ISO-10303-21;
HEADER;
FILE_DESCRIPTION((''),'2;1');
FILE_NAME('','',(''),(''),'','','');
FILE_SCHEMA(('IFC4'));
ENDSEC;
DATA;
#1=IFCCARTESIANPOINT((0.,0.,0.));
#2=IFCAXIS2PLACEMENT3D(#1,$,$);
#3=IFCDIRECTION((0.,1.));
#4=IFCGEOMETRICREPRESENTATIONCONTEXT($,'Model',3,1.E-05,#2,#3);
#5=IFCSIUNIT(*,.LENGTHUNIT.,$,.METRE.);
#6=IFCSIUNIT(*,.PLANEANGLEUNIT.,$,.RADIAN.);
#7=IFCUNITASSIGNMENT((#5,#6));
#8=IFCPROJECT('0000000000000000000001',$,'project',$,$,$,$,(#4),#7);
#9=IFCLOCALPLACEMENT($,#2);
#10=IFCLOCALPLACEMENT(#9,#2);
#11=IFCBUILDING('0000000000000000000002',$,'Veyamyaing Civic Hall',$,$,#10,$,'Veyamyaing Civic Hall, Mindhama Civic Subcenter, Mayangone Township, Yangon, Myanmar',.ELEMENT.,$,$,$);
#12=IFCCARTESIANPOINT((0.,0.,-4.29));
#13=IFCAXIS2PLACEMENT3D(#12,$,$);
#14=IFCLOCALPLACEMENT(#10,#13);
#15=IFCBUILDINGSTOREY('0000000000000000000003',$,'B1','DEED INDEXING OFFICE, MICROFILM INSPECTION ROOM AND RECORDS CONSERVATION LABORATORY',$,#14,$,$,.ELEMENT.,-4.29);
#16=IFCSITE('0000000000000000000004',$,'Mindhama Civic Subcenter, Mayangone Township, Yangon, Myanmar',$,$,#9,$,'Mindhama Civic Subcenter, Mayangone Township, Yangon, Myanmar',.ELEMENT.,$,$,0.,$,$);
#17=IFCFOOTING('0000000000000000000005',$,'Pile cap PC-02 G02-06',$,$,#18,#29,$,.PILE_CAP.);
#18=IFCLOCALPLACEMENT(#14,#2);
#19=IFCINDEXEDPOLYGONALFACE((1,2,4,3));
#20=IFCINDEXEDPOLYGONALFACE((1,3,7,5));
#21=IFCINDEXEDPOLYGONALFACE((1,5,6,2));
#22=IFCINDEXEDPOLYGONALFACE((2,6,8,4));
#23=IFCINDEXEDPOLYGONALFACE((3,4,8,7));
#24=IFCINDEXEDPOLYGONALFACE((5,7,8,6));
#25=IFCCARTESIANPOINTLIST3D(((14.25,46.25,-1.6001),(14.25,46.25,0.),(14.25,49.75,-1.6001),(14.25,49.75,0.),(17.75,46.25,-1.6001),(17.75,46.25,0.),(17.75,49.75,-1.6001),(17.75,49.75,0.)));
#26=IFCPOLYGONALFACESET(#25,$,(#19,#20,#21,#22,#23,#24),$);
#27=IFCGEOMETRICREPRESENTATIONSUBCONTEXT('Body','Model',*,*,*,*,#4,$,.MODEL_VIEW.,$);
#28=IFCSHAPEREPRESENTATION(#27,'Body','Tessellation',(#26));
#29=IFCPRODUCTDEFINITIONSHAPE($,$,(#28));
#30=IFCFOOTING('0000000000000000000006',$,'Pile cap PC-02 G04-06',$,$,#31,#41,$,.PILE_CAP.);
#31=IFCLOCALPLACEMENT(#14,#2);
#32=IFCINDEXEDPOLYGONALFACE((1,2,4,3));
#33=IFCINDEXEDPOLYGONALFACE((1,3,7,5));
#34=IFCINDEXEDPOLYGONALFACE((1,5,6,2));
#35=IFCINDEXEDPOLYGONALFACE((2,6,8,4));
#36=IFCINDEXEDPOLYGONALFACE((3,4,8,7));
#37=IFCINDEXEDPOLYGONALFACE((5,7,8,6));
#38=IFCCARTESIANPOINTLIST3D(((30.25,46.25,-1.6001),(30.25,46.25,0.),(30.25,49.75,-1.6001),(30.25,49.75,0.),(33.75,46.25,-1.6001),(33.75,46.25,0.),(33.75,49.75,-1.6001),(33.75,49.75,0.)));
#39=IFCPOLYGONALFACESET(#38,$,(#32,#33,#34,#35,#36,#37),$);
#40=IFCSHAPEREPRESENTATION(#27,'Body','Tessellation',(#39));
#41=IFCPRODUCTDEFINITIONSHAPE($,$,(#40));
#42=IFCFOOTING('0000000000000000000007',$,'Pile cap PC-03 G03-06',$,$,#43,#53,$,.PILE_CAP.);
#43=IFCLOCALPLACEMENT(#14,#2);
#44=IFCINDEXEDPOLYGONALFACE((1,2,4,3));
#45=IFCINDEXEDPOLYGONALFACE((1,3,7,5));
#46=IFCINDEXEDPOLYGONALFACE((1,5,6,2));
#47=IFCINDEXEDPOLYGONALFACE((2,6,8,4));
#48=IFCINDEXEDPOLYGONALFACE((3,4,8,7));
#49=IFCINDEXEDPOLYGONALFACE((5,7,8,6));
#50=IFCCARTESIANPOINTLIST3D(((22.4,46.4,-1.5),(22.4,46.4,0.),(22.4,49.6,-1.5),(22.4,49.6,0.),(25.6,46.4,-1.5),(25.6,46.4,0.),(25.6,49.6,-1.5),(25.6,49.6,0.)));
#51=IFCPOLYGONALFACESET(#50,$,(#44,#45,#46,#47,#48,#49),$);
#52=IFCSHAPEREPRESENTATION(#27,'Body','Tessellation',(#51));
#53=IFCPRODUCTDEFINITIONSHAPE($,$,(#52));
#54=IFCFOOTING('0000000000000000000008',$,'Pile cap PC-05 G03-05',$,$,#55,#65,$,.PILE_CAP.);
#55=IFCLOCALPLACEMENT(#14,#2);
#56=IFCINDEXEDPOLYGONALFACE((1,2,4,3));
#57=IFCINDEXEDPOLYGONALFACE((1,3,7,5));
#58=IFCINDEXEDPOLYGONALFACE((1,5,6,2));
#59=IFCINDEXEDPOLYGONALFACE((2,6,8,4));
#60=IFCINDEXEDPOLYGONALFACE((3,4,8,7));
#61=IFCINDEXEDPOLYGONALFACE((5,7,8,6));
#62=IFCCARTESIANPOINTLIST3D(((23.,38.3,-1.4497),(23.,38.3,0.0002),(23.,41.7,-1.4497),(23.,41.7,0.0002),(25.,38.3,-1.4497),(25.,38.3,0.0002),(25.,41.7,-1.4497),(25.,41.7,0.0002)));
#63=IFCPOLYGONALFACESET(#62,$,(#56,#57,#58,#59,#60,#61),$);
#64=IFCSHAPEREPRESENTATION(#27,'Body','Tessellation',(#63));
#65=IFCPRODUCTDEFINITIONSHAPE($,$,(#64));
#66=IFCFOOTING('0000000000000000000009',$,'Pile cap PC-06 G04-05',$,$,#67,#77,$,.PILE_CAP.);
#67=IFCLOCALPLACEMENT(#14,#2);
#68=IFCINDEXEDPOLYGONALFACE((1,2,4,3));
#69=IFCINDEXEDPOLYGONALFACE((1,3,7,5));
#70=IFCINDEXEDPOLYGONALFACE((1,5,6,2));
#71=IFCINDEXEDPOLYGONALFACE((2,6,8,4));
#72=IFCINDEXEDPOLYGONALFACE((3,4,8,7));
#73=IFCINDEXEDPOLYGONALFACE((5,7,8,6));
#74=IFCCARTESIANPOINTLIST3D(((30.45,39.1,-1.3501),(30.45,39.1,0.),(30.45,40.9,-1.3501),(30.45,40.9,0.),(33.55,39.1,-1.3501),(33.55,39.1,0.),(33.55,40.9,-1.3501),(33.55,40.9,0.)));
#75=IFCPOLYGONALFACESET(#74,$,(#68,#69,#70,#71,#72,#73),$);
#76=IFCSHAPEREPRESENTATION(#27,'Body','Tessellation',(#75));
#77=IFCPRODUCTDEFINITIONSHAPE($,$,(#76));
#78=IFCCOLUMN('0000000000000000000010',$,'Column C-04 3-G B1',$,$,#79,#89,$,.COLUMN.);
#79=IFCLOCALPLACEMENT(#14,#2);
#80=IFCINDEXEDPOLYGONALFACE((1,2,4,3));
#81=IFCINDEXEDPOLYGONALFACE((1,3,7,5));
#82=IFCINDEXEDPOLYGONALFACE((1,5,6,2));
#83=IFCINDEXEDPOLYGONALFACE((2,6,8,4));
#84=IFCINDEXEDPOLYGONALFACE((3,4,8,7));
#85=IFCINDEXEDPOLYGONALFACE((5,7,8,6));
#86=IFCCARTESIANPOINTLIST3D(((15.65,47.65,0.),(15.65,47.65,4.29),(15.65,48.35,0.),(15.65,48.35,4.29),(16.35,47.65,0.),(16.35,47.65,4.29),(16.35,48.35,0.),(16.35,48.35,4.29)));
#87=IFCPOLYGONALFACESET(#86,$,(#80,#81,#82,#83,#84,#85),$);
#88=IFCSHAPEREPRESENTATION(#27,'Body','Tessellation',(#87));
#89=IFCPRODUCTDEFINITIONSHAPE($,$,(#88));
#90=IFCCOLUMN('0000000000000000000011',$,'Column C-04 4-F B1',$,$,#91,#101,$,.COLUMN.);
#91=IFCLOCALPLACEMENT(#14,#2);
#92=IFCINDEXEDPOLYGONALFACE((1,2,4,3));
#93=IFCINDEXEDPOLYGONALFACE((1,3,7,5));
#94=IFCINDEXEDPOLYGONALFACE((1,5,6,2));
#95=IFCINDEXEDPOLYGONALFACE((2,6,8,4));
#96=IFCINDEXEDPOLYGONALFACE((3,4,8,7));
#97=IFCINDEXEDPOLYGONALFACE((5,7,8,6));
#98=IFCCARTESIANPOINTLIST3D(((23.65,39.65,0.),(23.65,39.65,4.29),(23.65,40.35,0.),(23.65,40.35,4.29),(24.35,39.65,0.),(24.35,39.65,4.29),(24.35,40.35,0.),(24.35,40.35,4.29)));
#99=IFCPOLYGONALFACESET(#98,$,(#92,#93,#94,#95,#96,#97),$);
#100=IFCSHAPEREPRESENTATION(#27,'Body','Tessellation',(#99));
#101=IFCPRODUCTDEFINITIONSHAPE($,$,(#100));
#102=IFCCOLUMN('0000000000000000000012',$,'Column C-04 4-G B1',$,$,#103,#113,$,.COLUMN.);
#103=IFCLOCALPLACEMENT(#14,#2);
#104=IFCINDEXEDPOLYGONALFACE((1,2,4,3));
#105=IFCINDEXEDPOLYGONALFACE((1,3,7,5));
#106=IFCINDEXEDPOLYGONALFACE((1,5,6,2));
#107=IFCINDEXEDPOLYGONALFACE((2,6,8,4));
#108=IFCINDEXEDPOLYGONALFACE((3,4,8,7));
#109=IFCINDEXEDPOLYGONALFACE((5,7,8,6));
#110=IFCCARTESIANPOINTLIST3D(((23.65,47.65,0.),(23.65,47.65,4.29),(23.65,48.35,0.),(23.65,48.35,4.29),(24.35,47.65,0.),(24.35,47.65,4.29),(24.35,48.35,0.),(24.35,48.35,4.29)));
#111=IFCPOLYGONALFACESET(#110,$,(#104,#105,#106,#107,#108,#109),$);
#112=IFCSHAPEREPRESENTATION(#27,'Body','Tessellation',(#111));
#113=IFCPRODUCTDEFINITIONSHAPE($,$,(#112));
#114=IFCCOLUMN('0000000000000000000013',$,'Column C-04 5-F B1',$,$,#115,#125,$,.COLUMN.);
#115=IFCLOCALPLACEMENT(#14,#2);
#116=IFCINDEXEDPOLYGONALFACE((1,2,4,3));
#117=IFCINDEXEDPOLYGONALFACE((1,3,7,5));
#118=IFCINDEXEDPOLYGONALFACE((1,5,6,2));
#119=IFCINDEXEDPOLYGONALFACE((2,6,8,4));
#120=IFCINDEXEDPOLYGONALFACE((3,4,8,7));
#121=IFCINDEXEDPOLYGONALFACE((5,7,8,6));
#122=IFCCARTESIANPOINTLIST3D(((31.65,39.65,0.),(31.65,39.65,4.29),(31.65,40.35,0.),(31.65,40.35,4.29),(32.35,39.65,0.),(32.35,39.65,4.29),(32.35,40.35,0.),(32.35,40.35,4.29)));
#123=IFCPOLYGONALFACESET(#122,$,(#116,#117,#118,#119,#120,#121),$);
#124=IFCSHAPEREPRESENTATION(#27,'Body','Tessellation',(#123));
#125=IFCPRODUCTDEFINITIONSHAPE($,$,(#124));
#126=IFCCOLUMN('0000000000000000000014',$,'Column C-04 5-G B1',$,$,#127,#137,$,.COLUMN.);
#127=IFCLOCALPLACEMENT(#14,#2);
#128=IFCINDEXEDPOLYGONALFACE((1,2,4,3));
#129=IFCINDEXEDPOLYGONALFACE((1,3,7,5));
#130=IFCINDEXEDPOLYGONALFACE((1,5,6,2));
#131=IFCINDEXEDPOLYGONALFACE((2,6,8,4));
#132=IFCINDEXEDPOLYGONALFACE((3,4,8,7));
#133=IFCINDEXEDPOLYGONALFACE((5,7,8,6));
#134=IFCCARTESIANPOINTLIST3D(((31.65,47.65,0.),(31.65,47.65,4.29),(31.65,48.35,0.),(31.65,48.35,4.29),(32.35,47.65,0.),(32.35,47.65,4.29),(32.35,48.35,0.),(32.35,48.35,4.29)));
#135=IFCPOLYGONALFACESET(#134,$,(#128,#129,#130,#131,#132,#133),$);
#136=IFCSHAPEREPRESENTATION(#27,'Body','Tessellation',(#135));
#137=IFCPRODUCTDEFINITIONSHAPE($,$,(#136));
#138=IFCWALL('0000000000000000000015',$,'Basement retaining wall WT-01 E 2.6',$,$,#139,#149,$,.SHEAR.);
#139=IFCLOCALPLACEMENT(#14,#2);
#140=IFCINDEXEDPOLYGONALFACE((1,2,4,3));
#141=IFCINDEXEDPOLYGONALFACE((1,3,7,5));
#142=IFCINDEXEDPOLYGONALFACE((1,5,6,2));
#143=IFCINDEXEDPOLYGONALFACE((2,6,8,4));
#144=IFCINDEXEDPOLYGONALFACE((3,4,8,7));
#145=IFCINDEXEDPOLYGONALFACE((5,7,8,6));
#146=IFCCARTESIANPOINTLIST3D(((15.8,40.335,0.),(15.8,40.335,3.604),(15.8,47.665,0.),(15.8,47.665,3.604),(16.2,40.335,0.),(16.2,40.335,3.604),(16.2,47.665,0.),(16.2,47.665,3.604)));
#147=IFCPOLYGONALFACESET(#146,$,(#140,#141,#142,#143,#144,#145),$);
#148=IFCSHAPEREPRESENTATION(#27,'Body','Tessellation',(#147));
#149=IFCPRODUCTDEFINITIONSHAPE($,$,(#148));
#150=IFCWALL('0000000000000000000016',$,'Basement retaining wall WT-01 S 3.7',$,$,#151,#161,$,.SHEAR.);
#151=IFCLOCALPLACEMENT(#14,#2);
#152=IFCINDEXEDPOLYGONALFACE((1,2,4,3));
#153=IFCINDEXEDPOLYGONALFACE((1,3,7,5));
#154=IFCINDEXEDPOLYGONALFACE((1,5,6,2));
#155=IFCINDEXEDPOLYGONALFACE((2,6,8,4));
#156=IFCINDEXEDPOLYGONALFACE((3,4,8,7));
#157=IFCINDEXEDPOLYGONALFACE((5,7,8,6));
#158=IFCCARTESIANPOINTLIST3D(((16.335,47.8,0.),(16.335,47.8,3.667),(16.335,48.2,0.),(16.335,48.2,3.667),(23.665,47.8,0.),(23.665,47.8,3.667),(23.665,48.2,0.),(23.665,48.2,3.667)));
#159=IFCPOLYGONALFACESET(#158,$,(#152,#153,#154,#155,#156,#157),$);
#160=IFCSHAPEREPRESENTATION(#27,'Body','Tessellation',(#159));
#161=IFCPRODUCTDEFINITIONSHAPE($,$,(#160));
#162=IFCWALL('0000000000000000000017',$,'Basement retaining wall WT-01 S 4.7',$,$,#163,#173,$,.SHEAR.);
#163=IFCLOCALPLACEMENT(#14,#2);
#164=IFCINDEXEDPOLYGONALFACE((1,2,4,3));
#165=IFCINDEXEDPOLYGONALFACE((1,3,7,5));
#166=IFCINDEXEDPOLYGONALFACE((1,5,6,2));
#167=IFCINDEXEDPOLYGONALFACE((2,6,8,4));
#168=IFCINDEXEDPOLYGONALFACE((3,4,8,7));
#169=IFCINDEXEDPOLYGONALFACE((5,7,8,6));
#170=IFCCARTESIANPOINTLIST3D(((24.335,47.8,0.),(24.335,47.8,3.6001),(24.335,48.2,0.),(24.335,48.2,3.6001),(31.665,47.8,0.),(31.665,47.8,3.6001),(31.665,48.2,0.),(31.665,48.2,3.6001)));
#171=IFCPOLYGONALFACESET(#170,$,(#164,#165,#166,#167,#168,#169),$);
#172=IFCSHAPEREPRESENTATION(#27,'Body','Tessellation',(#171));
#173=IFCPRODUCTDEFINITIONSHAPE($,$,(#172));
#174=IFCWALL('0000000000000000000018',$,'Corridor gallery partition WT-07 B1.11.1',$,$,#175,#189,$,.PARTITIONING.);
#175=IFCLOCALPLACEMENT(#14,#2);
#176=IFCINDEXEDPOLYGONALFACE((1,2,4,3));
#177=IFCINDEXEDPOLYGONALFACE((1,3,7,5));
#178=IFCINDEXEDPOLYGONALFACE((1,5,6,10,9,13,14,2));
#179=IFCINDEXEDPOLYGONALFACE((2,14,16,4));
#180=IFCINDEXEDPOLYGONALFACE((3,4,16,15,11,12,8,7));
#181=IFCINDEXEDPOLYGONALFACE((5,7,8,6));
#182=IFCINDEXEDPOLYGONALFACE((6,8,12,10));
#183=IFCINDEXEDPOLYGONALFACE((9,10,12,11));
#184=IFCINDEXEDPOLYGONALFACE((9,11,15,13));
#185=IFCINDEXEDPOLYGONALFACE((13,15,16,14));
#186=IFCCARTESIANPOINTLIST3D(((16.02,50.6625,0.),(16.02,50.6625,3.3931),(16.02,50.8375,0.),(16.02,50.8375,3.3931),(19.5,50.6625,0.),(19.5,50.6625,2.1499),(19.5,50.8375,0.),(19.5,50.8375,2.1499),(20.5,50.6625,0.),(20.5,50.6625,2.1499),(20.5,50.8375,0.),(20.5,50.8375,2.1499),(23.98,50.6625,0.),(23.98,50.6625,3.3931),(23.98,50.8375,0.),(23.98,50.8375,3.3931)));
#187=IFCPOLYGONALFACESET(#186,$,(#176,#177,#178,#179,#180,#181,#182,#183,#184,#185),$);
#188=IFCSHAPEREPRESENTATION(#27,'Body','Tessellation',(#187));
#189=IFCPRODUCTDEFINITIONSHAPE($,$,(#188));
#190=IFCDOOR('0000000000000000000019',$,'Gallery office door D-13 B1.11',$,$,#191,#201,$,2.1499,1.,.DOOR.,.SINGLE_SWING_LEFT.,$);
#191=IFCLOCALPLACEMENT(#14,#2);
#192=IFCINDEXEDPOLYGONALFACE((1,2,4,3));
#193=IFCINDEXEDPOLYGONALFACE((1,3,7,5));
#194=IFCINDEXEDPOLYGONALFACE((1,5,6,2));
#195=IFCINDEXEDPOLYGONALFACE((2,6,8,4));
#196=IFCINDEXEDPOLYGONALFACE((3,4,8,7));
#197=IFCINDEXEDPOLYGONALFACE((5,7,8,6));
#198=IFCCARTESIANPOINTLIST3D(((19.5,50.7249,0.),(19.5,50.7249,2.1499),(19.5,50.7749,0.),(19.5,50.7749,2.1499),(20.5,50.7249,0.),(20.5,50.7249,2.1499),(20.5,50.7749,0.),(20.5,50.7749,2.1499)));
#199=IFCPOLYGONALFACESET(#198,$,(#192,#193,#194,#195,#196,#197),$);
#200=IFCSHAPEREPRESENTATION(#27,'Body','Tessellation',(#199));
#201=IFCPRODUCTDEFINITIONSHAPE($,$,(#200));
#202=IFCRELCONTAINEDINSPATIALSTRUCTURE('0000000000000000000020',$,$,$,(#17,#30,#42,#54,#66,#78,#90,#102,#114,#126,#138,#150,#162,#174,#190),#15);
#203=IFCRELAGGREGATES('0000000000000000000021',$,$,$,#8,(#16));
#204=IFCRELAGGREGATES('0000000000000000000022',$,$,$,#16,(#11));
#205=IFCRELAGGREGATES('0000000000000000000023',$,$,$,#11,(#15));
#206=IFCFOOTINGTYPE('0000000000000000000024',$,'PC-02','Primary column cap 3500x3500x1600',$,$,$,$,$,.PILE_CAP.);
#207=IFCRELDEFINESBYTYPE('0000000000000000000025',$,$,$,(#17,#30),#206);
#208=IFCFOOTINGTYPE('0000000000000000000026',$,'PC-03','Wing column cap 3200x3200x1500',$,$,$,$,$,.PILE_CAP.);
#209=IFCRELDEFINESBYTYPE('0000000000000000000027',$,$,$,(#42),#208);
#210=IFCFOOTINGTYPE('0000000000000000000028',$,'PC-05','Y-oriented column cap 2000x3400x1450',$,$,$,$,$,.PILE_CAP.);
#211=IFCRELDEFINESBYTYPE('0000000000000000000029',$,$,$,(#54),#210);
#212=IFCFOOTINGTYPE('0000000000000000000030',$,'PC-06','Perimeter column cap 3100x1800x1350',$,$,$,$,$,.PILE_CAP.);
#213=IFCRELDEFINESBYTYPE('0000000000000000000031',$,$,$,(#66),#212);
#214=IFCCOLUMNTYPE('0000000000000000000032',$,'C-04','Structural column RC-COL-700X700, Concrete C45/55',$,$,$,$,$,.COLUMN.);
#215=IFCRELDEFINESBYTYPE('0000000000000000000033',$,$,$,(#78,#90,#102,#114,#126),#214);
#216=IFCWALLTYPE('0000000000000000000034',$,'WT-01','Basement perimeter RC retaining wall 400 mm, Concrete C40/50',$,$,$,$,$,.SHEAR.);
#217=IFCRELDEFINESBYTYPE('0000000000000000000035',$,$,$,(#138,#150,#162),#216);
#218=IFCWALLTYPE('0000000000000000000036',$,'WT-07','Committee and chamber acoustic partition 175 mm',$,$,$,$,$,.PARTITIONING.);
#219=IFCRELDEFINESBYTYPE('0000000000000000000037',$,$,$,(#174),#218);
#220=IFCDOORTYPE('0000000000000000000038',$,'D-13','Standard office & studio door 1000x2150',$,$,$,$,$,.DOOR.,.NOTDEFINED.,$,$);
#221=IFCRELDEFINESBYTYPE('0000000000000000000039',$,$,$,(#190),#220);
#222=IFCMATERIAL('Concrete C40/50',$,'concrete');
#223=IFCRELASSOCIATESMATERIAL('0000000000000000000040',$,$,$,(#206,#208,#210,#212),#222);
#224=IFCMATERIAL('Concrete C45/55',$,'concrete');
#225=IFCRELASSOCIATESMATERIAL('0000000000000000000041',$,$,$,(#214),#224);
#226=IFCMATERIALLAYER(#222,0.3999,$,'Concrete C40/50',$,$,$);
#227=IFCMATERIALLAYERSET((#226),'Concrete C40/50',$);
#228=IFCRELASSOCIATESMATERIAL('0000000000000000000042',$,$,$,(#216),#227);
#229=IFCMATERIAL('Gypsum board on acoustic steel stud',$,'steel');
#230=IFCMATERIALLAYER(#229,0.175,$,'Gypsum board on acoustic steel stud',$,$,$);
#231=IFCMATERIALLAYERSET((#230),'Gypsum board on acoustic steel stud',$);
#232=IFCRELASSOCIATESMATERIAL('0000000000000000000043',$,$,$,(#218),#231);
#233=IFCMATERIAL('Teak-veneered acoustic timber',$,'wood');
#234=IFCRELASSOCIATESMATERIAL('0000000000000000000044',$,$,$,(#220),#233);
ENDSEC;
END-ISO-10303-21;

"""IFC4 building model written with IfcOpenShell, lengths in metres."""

from ifc_helpers import new_model, si_unit, direction, frame, frame_2d, origin, origin_2d, place, context, subcontext, project, spatial, rectangle, extrude, material, layer, layer_set, material_profile, profile_set, type_object, element, fill, save


model = new_model("IFC4")

# Units and contexts
model_context = context("Model", 3, precision=1e-05, world=origin(), true_north=direction((0.0, 1.0)))
body_context = subcontext(model_context, "Body", "Model", "MODEL_VIEW")
ifc_project = project(units=[si_unit("LENGTHUNIT", "METRE"), si_unit("PLANEANGLEUNIT", "RADIAN")], contexts=[model_context])

# Site, building, storey
site_placement = place(None, origin())
site = spatial("IfcSite", under=ifc_project, at=site_placement, Name="Mindhama Civic Subcenter, Mayangone Township, Yangon, Myanmar", LongName="Mindhama Civic Subcenter, Mayangone Township, Yangon, Myanmar", CompositionType="ELEMENT", RefElevation=0.0)
building_placement = place(site_placement, origin())
building = spatial("IfcBuilding", under=site, at=building_placement, Name="Veyamyaing Civic Hall", LongName="Veyamyaing Civic Hall, Mindhama Civic Subcenter, Mayangone Township, Yangon, Myanmar", CompositionType="ELEMENT")
storey_placement = place(building_placement, frame((0.0, 0.0, -4.29)))
storey = spatial("IfcBuildingStorey", under=building, at=storey_placement, Name="B1", Description="DEED INDEXING OFFICE, MICROFILM INSPECTION ROOM AND RECORDS CONSERVATION LABORATORY", CompositionType="ELEMENT", Elevation=-4.29)

# Shared definitions
ifc_material_1 = material(Name="Concrete C40/50", Category="concrete")

# Footings
footing_type_1 = type_object("IfcFootingType", Name="PC-02", Description="Primary column cap 3500x3500x1600", PredefinedType="PILE_CAP", material=ifc_material_1)
for number, where, z_axis, x_axis, name in (
    (1, (16.0, 48.0, -1.6001), (0.0, 0.0, 1.0), (1.0, 0.0, 0.0), "Pile cap PC-02 G02-06"),
    (2, (32.0, 48.0, -1.6001), (0.0, 0.0, 1.0), (1.0, 0.0, 0.0), "Pile cap PC-02 G04-06"),
):
    element("IfcFooting", number, at=place(storey_placement, frame(where, z_axis=z_axis, x_axis=x_axis)), inside=storey, type_object=footing_type_1, Name=name, PredefinedType="PILE_CAP", context=body_context, shape_type="SweptSolid", body=[
        extrude(rectangle(XDim=3.5, YDim=3.5, at=origin_2d()), origin(), (0.0, 0.0, 1.0), 1.6001),
    ])
footing_type_2 = type_object("IfcFootingType", Name="PC-03", Description="Wing column cap 3200x3200x1500", PredefinedType="PILE_CAP", material=ifc_material_1)
footing_1_placement = place(storey_placement, frame((24.0, 48.0, -1.5), z_axis=(0.0, 0.0, 1.0), x_axis=(1.0, 0.0, 0.0)))
element("IfcFooting", 3, at=footing_1_placement, inside=storey, type_object=footing_type_2, Name="Pile cap PC-03 G03-06", PredefinedType="PILE_CAP", context=body_context, shape_type="SweptSolid", body=[
    extrude(rectangle(XDim=3.2, YDim=3.2, at=origin_2d()), origin(), (0.0, 0.0, 1.0), 1.5),
])
footing_type_3 = type_object("IfcFootingType", Name="PC-05", Description="Y-oriented column cap 2000x3400x1450", PredefinedType="PILE_CAP", material=ifc_material_1)
footing_2_placement = place(storey_placement, frame((24.0, 40.0, -1.4497), z_axis=(0.0, 0.0, 1.0), x_axis=(1.0, 0.0, 0.0)))
element("IfcFooting", 4, at=footing_2_placement, inside=storey, type_object=footing_type_3, Name="Pile cap PC-05 G03-05", PredefinedType="PILE_CAP", context=body_context, shape_type="SweptSolid", body=[
    extrude(rectangle(XDim=2.0, YDim=3.3999, at=origin_2d()), origin(), (0.0, 0.0, 1.0), 1.45),
])
footing_type_4 = type_object("IfcFootingType", Name="PC-06", Description="Perimeter column cap 3100x1800x1350", PredefinedType="PILE_CAP", material=ifc_material_1)
footing_3_placement = place(storey_placement, frame((32.0, 40.0, -1.3501), z_axis=(0.0, 0.0, 1.0), x_axis=(1.0, 0.0, 0.0)))
element("IfcFooting", 5, at=footing_3_placement, inside=storey, type_object=footing_type_4, Name="Pile cap PC-06 G04-05", PredefinedType="PILE_CAP", context=body_context, shape_type="SweptSolid", body=[
    extrude(rectangle(XDim=3.1001, YDim=1.8, at=origin_2d()), origin(), (0.0, 0.0, 1.0), 1.3501),
])

# Columns
ifc_material_2 = material(Name="Concrete C45/55", Category="concrete")
ifc_material_profile_1 = material_profile(ifc_material_2, rectangle(XDim=0.7, YDim=0.7, at=origin_2d()), Name="RC-COL-700X700")
ifc_profile_set_1 = profile_set([ifc_material_profile_1], Name="Concrete C45/55")
column_type = type_object("IfcColumnType", Name="C-04", Description="Structural column RC-COL-700X700, Concrete C45/55", PredefinedType="COLUMN", material=ifc_profile_set_1)
for number, where, z_axis, x_axis, name in (
    (6, (16.0, 48.0, 0.0), (0.0, 0.0, 1.0), (1.0, 0.0, 0.0), "Column C-04 3-G B1"),
    (7, (24.0, 40.0, 0.0), (0.0, 0.0, 1.0), (1.0, 0.0, 0.0), "Column C-04 4-F B1"),
    (8, (24.0, 48.0, 0.0), (0.0, 0.0, 1.0), (1.0, 0.0, 0.0), "Column C-04 4-G B1"),
    (9, (32.0, 40.0, 0.0), (0.0, 0.0, 1.0), (1.0, 0.0, 0.0), "Column C-04 5-F B1"),
    (10, (32.0, 48.0, 0.0), (0.0, 0.0, 1.0), (1.0, 0.0, 0.0), "Column C-04 5-G B1"),
):
    element("IfcColumn", number, at=place(storey_placement, frame(where, z_axis=z_axis, x_axis=x_axis)), inside=storey, type_object=column_type, Name=name, PredefinedType="COLUMN", context=body_context, shape_type="SweptSolid", body=[
        extrude(rectangle(XDim=0.7, YDim=0.7, at=origin_2d()), origin(), (0.0, 0.0, 1.0), 4.29),
    ])

# Walls
ifc_layer_1 = layer(ifc_material_1, 0.3999, Name="Concrete C40/50")
ifc_layer_set_1 = layer_set([ifc_layer_1], Name="Concrete C40/50")
wall_type_1 = type_object("IfcWallType", Name="WT-01", Description="Basement perimeter RC retaining wall 400 mm, Concrete C40/50", PredefinedType="SHEAR", material=ifc_layer_set_1)
wall_1_placement = place(storey_placement, frame((16.0, 40.335, 0.0), z_axis=(0.0, 0.0, 1.0), x_axis=(0.0, 1.0, 0.0)))
element("IfcWall", 11, at=wall_1_placement, inside=storey, type_object=wall_type_1, Name="Basement retaining wall WT-01 E 2.6", PredefinedType="SHEAR", context=body_context, shape_type="SweptSolid", body=[
    extrude(rectangle(XDim=7.3301, YDim=0.3999, at=frame_2d((3.665, 0.0))), origin(), (0.0, 0.0, 1.0), 3.604),
])
wall_2_placement = place(storey_placement, frame((16.335, 48.0, 0.0), z_axis=(0.0, 0.0, 1.0), x_axis=(1.0, 0.0, 0.0)))
element("IfcWall", 12, at=wall_2_placement, inside=storey, type_object=wall_type_1, Name="Basement retaining wall WT-01 S 3.7", PredefinedType="SHEAR", context=body_context, shape_type="SweptSolid", body=[
    extrude(rectangle(XDim=7.3301, YDim=0.3999, at=frame_2d((3.665, 0.0))), origin(), (0.0, 0.0, 1.0), 3.667),
])
wall_3_placement = place(storey_placement, frame((24.335, 48.0, 0.0), z_axis=(0.0, 0.0, 1.0), x_axis=(1.0, 0.0, 0.0)))
element("IfcWall", 13, at=wall_3_placement, inside=storey, type_object=wall_type_1, Name="Basement retaining wall WT-01 S 4.7", PredefinedType="SHEAR", context=body_context, shape_type="SweptSolid", body=[
    extrude(rectangle(XDim=7.3301, YDim=0.3999, at=frame_2d((3.665, 0.0))), origin(), (0.0, 0.0, 1.0), 3.6001),
])

# Wall, opening, door
ifc_material_3 = material(Name="Gypsum board on acoustic steel stud", Category="steel")
ifc_layer_2 = layer(ifc_material_3, 0.175, Name="Gypsum board on acoustic steel stud")
ifc_layer_set_2 = layer_set([ifc_layer_2], Name="Gypsum board on acoustic steel stud")
wall_type_2 = type_object("IfcWallType", Name="WT-07", Description="Committee and chamber acoustic partition 175 mm", PredefinedType="PARTITIONING", material=ifc_layer_set_2)
wall_4_placement = place(storey_placement, frame((16.02, 50.75, 0.0), z_axis=(0.0, 0.0, 1.0), x_axis=(1.0, 0.0, 0.0)))
wall_4 = element("IfcWall", 14, at=wall_4_placement, inside=storey, type_object=wall_type_2, Name="Corridor gallery partition WT-07 B1.11.1", PredefinedType="PARTITIONING", context=body_context, shape_type="SweptSolid", body=[
    extrude(rectangle(XDim=7.96, YDim=0.175, at=frame_2d((3.98, 0.0))), origin(), (0.0, 0.0, 1.0), 3.3931),
])
opening_1_placement = place(wall_4_placement, frame((3.48, 0.0, 0.0)))
opening_1 = element("IfcOpeningElement", 15, at=opening_1_placement, cuts=wall_4, PredefinedType="OPENING", context=body_context, shape_type="SweptSolid", body=[
    extrude(rectangle(XDim=1.0, YDim=2.1499, at=frame_2d((0.5, 1.075))), frame((0.0, 0.0974, 0.0), z_axis=(0.0, -1.0, 0.0), x_axis=(1.0, 0.0, 0.0)), (0.0, 0.0, 1.0), 0.1951),
])
ifc_material_4 = material(Name="Teak-veneered acoustic timber", Category="wood")
door_type_1 = type_object("IfcDoorType", Name="D-13", Description="Standard office & studio door 1000x2150", OperationType="NOTDEFINED", PredefinedType="DOOR", material=ifc_material_4)
door_1_placement = place(opening_1_placement, origin())
door_1 = element("IfcDoor", 16, at=door_1_placement, inside=storey, type_object=door_type_1, Name="Gallery office door D-13 B1.11", OperationType="SINGLE_SWING_LEFT", OverallHeight=2.1499, OverallWidth=1.0, PredefinedType="DOOR", context=body_context, shape_type="SweptSolid", body=[
    extrude(rectangle(XDim=1.0, YDim=2.1499, at=frame_2d((0.5, 1.075))), frame((0.0, 0.0249, 0.0), z_axis=(0.0, -1.0, 0.0), x_axis=(1.0, 0.0, 0.0)), (0.0, 0.0, 1.0), 0.05),
])
fill(opening_1, door_1)

save(model, "model.ifc")
